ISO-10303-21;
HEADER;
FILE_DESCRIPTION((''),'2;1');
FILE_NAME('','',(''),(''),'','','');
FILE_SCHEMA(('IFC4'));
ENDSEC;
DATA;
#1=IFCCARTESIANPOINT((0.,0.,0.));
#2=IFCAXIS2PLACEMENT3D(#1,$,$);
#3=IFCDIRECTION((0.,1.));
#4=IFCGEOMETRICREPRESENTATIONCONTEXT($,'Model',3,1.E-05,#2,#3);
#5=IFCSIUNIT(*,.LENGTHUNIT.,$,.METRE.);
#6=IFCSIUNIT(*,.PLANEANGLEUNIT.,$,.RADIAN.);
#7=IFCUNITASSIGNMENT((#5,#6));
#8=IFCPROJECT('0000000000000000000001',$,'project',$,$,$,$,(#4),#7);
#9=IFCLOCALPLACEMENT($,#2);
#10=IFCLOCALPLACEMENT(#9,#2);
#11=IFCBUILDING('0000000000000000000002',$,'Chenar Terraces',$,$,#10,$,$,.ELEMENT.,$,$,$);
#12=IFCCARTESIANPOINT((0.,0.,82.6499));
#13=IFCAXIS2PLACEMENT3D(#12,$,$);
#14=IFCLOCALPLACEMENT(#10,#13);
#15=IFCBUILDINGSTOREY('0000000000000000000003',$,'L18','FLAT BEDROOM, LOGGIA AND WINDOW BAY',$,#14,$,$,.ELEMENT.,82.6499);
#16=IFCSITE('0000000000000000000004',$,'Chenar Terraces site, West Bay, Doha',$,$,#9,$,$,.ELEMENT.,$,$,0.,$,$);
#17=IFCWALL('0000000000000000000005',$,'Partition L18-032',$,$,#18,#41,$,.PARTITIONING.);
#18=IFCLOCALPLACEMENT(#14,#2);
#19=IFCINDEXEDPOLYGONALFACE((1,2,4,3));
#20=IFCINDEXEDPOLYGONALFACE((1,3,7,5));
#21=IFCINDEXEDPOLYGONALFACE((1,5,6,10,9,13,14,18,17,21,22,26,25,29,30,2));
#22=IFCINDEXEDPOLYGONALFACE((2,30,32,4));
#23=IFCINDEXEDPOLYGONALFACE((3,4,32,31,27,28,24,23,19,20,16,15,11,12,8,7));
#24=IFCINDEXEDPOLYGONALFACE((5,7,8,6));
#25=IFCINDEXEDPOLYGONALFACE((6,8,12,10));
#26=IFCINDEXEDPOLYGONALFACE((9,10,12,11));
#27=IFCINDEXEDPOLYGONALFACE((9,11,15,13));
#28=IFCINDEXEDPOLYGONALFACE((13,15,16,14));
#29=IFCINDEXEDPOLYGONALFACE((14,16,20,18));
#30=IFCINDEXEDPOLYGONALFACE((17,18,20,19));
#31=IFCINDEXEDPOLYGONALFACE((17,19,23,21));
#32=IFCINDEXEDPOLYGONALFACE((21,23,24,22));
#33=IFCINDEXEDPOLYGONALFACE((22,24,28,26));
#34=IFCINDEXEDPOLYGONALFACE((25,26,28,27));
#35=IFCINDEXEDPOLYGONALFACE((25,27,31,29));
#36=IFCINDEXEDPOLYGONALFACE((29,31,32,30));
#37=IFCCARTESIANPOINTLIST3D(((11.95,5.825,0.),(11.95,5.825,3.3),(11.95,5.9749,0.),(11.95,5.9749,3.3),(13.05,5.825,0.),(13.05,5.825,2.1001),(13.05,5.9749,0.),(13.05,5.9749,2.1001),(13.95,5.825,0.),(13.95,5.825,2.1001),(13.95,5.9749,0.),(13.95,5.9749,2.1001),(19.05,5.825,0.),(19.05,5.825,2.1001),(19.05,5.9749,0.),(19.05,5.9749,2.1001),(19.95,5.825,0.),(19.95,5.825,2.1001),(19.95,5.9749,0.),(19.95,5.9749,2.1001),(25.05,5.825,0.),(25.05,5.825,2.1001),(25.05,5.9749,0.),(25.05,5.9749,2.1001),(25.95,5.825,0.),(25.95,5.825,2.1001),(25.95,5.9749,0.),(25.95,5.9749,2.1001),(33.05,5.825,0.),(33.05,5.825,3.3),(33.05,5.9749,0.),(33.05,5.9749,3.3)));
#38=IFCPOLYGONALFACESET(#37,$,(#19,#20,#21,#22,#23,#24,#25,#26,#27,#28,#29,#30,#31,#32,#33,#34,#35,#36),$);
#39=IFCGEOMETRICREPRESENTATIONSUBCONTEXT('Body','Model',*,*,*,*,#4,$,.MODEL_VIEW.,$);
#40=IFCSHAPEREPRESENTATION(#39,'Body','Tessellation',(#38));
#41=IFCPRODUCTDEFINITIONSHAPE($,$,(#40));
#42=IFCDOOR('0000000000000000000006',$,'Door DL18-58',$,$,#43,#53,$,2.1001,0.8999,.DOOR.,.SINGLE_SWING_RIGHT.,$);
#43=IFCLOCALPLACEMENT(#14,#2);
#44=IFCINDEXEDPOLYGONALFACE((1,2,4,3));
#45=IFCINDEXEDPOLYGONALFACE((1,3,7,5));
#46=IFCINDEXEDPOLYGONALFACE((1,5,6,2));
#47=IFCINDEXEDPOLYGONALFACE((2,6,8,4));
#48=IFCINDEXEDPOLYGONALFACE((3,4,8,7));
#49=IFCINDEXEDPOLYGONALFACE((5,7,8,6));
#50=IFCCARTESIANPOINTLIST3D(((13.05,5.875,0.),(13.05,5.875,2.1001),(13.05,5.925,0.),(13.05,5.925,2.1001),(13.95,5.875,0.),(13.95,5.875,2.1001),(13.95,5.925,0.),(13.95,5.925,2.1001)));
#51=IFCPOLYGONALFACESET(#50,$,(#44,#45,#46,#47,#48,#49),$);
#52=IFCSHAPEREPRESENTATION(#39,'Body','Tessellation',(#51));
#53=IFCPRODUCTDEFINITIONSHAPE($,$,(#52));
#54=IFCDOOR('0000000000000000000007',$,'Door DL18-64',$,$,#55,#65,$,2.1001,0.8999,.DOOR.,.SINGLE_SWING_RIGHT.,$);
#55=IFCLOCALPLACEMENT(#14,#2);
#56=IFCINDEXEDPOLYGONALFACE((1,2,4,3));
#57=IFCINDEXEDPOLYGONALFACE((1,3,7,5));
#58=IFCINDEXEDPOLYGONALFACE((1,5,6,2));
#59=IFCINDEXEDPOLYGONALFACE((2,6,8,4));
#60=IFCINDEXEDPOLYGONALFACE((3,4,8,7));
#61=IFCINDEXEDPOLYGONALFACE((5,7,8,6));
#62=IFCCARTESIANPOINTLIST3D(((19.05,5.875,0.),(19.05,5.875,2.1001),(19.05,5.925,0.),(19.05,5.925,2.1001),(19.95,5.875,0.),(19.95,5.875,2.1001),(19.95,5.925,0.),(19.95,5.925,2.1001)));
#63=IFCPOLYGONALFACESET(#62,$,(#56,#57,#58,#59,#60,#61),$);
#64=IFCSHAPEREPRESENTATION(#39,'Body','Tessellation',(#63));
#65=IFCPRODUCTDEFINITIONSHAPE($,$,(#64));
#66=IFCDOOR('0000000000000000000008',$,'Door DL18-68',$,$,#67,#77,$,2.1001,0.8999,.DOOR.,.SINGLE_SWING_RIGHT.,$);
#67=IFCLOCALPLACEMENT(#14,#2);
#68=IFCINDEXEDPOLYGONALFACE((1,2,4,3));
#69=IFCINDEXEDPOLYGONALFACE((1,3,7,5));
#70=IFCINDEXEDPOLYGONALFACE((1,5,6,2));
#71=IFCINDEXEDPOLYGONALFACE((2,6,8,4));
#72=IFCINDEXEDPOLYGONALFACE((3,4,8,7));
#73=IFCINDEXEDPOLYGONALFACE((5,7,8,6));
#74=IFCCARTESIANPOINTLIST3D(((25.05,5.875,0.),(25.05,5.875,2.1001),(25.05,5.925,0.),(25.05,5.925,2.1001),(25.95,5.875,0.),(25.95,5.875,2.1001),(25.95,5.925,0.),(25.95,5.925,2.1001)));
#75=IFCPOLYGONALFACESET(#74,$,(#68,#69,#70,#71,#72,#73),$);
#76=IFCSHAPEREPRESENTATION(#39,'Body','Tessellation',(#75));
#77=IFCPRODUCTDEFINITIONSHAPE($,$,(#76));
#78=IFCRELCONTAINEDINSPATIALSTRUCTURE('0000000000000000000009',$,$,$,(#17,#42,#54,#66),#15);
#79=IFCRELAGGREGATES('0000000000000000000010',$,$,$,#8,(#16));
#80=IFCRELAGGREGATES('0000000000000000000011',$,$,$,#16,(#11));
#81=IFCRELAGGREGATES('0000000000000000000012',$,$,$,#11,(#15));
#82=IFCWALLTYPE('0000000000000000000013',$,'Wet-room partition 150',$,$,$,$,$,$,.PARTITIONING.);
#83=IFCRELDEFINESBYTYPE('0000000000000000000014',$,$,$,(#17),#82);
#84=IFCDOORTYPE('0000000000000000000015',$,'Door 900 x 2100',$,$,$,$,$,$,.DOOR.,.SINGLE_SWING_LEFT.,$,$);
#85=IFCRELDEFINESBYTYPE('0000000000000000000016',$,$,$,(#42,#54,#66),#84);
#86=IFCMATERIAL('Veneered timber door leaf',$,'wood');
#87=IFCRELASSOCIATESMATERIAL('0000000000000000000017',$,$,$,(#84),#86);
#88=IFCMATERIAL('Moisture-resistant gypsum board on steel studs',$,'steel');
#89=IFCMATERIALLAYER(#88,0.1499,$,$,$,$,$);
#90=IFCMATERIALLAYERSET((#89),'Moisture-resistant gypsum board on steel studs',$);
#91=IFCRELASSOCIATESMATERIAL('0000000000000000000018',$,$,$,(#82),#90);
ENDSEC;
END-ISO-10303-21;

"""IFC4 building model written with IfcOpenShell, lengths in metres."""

from ifc_helpers import new_model, si_unit, direction, frame, frame_2d, origin, place, context, subcontext, project, spatial, rectangle, extrude, material, layer, layer_set, type_object, element, fill, save


model = new_model("IFC4")

# Units and contexts
model_context = context("Model", 3, precision=1e-05, world=origin(), true_north=direction((0.0, 1.0)))
body_context = subcontext(model_context, "Body", "Model", "MODEL_VIEW")
ifc_project = project(units=[si_unit("LENGTHUNIT", "METRE"), si_unit("PLANEANGLEUNIT", "RADIAN")], contexts=[model_context])

# Site, building, storey
site_placement = place(None, origin())
site = spatial("IfcSite", under=ifc_project, at=site_placement, Name="Chenar Terraces site, West Bay, Doha", CompositionType="ELEMENT", RefElevation=0.0)
building_placement = place(site_placement, origin())
building = spatial("IfcBuilding", under=site, at=building_placement, Name="Chenar Terraces", CompositionType="ELEMENT")
storey_placement = place(building_placement, frame((0.0, 0.0, 82.6499)))
storey = spatial("IfcBuildingStorey", under=building, at=storey_placement, Name="L18", Description="FLAT BEDROOM, LOGGIA AND WINDOW BAY", CompositionType="ELEMENT", Elevation=82.6499)

# Shared definitions
ifc_material_1 = material(Name="Veneered timber door leaf", Category="wood")
door_type_1 = type_object("IfcDoorType", Name="Door 900 x 2100", OperationType="SINGLE_SWING_LEFT", PredefinedType="DOOR", material=ifc_material_1)

# Wall, openings, doors
ifc_material_2 = material(Name="Moisture-resistant gypsum board on steel studs", Category="steel")
ifc_layer_1 = layer(ifc_material_2, 0.1499)
ifc_layer_set_1 = layer_set([ifc_layer_1], Name="Moisture-resistant gypsum board on steel studs")
wall_type_1 = type_object("IfcWallType", Name="Wet-room partition 150", PredefinedType="PARTITIONING", material=ifc_layer_set_1)
wall_1_placement = place(storey_placement, frame((11.95, 5.8999, 0.0), z_axis=(0.0, 0.0, 1.0), x_axis=(1.0, 0.0, 0.0)))
wall_1 = element("IfcWall", 1, at=wall_1_placement, inside=storey, type_object=wall_type_1, Name="Partition L18-032", PredefinedType="PARTITIONING", context=body_context, shape_type="SweptSolid", body=[
    extrude(rectangle(XDim=21.1001, YDim=0.1499, at=frame_2d((10.55, 0.0))), origin(), (0.0, 0.0, 1.0), 3.3),
])
opening_1_placement = place(wall_1_placement, frame((1.1001, 0.0, 0.0)))
opening_1 = element("IfcOpeningElement", 2, at=opening_1_placement, cuts=wall_1, PredefinedType="OPENING", context=body_context, shape_type="SweptSolid", body=[
    extrude(rectangle(XDim=0.8999, YDim=2.1001, at=frame_2d((0.45, 1.05))), frame((0.0, 0.085, 0.0), z_axis=(0.0, -1.0, 0.0), x_axis=(1.0, 0.0, 0.0)), (0.0, 0.0, 1.0), 0.1699),
])
opening_2_placement = place(wall_1_placement, frame((7.1001, 0.0, 0.0)))
opening_2 = element("IfcOpeningElement", 3, at=opening_2_placement, cuts=wall_1, PredefinedType="OPENING", context=body_context, shape_type="SweptSolid", body=[
    extrude(rectangle(XDim=0.8999, YDim=2.1001, at=frame_2d((0.45, 1.05))), frame((0.0, 0.085, 0.0), z_axis=(0.0, -1.0, 0.0), x_axis=(1.0, 0.0, 0.0)), (0.0, 0.0, 1.0), 0.1699),
])
opening_3_placement = place(wall_1_placement, frame((13.1001, 0.0, 0.0)))
opening_3 = element("IfcOpeningElement", 4, at=opening_3_placement, cuts=wall_1, PredefinedType="OPENING", context=body_context, shape_type="SweptSolid", body=[
    extrude(rectangle(XDim=0.8999, YDim=2.1001, at=frame_2d((0.45, 1.05))), frame((0.0, 0.085, 0.0), z_axis=(0.0, -1.0, 0.0), x_axis=(1.0, 0.0, 0.0)), (0.0, 0.0, 1.0), 0.1699),
])
door_1_placement = place(opening_1_placement, frame((0.8999, 0.0, 0.0), z_axis=(0.0, 0.0, 1.0), x_axis=(-1.0, 0.0, 0.0)))
door_1 = element("IfcDoor", 5, at=door_1_placement, inside=storey, type_object=door_type_1, Name="Door DL18-58", OperationType="SINGLE_SWING_RIGHT", OverallHeight=2.1001, OverallWidth=0.8999, PredefinedType="DOOR", context=body_context, shape_type="SweptSolid", body=[
    extrude(rectangle(XDim=0.8999, YDim=2.1001, at=frame_2d((0.45, 1.05))), frame((0.0, 0.0249, 0.0), z_axis=(0.0, -1.0, 0.0), x_axis=(1.0, 0.0, 0.0)), (0.0, 0.0, 1.0), 0.05),
])
fill(opening_1, door_1)
door_2_placement = place(opening_2_placement, frame((0.8999, 0.0, 0.0), z_axis=(0.0, 0.0, 1.0), x_axis=(-1.0, 0.0, 0.0)))
door_2 = element("IfcDoor", 6, at=door_2_placement, inside=storey, type_object=door_type_1, Name="Door DL18-64", OperationType="SINGLE_SWING_RIGHT", OverallHeight=2.1001, OverallWidth=0.8999, PredefinedType="DOOR", context=body_context, shape_type="SweptSolid", body=[
    extrude(rectangle(XDim=0.8999, YDim=2.1001, at=frame_2d((0.45, 1.05))), frame((0.0, 0.0249, 0.0), z_axis=(0.0, -1.0, 0.0), x_axis=(1.0, 0.0, 0.0)), (0.0, 0.0, 1.0), 0.05),
])
fill(opening_2, door_2)
door_3_placement = place(opening_3_placement, frame((0.8999, 0.0, 0.0), z_axis=(0.0, 0.0, 1.0), x_axis=(-1.0, 0.0, 0.0)))
door_3 = element("IfcDoor", 7, at=door_3_placement, inside=storey, type_object=door_type_1, Name="Door DL18-68", OperationType="SINGLE_SWING_RIGHT", OverallHeight=2.1001, OverallWidth=0.8999, PredefinedType="DOOR", context=body_context, shape_type="SweptSolid", body=[
    extrude(rectangle(XDim=0.8999, YDim=2.1001, at=frame_2d((0.45, 1.05))), frame((0.0, 0.0249, 0.0), z_axis=(0.0, -1.0, 0.0), x_axis=(1.0, 0.0, 0.0)), (0.0, 0.0, 1.0), 0.05),
])
fill(opening_3, door_3)

save(model, "model.ifc")
